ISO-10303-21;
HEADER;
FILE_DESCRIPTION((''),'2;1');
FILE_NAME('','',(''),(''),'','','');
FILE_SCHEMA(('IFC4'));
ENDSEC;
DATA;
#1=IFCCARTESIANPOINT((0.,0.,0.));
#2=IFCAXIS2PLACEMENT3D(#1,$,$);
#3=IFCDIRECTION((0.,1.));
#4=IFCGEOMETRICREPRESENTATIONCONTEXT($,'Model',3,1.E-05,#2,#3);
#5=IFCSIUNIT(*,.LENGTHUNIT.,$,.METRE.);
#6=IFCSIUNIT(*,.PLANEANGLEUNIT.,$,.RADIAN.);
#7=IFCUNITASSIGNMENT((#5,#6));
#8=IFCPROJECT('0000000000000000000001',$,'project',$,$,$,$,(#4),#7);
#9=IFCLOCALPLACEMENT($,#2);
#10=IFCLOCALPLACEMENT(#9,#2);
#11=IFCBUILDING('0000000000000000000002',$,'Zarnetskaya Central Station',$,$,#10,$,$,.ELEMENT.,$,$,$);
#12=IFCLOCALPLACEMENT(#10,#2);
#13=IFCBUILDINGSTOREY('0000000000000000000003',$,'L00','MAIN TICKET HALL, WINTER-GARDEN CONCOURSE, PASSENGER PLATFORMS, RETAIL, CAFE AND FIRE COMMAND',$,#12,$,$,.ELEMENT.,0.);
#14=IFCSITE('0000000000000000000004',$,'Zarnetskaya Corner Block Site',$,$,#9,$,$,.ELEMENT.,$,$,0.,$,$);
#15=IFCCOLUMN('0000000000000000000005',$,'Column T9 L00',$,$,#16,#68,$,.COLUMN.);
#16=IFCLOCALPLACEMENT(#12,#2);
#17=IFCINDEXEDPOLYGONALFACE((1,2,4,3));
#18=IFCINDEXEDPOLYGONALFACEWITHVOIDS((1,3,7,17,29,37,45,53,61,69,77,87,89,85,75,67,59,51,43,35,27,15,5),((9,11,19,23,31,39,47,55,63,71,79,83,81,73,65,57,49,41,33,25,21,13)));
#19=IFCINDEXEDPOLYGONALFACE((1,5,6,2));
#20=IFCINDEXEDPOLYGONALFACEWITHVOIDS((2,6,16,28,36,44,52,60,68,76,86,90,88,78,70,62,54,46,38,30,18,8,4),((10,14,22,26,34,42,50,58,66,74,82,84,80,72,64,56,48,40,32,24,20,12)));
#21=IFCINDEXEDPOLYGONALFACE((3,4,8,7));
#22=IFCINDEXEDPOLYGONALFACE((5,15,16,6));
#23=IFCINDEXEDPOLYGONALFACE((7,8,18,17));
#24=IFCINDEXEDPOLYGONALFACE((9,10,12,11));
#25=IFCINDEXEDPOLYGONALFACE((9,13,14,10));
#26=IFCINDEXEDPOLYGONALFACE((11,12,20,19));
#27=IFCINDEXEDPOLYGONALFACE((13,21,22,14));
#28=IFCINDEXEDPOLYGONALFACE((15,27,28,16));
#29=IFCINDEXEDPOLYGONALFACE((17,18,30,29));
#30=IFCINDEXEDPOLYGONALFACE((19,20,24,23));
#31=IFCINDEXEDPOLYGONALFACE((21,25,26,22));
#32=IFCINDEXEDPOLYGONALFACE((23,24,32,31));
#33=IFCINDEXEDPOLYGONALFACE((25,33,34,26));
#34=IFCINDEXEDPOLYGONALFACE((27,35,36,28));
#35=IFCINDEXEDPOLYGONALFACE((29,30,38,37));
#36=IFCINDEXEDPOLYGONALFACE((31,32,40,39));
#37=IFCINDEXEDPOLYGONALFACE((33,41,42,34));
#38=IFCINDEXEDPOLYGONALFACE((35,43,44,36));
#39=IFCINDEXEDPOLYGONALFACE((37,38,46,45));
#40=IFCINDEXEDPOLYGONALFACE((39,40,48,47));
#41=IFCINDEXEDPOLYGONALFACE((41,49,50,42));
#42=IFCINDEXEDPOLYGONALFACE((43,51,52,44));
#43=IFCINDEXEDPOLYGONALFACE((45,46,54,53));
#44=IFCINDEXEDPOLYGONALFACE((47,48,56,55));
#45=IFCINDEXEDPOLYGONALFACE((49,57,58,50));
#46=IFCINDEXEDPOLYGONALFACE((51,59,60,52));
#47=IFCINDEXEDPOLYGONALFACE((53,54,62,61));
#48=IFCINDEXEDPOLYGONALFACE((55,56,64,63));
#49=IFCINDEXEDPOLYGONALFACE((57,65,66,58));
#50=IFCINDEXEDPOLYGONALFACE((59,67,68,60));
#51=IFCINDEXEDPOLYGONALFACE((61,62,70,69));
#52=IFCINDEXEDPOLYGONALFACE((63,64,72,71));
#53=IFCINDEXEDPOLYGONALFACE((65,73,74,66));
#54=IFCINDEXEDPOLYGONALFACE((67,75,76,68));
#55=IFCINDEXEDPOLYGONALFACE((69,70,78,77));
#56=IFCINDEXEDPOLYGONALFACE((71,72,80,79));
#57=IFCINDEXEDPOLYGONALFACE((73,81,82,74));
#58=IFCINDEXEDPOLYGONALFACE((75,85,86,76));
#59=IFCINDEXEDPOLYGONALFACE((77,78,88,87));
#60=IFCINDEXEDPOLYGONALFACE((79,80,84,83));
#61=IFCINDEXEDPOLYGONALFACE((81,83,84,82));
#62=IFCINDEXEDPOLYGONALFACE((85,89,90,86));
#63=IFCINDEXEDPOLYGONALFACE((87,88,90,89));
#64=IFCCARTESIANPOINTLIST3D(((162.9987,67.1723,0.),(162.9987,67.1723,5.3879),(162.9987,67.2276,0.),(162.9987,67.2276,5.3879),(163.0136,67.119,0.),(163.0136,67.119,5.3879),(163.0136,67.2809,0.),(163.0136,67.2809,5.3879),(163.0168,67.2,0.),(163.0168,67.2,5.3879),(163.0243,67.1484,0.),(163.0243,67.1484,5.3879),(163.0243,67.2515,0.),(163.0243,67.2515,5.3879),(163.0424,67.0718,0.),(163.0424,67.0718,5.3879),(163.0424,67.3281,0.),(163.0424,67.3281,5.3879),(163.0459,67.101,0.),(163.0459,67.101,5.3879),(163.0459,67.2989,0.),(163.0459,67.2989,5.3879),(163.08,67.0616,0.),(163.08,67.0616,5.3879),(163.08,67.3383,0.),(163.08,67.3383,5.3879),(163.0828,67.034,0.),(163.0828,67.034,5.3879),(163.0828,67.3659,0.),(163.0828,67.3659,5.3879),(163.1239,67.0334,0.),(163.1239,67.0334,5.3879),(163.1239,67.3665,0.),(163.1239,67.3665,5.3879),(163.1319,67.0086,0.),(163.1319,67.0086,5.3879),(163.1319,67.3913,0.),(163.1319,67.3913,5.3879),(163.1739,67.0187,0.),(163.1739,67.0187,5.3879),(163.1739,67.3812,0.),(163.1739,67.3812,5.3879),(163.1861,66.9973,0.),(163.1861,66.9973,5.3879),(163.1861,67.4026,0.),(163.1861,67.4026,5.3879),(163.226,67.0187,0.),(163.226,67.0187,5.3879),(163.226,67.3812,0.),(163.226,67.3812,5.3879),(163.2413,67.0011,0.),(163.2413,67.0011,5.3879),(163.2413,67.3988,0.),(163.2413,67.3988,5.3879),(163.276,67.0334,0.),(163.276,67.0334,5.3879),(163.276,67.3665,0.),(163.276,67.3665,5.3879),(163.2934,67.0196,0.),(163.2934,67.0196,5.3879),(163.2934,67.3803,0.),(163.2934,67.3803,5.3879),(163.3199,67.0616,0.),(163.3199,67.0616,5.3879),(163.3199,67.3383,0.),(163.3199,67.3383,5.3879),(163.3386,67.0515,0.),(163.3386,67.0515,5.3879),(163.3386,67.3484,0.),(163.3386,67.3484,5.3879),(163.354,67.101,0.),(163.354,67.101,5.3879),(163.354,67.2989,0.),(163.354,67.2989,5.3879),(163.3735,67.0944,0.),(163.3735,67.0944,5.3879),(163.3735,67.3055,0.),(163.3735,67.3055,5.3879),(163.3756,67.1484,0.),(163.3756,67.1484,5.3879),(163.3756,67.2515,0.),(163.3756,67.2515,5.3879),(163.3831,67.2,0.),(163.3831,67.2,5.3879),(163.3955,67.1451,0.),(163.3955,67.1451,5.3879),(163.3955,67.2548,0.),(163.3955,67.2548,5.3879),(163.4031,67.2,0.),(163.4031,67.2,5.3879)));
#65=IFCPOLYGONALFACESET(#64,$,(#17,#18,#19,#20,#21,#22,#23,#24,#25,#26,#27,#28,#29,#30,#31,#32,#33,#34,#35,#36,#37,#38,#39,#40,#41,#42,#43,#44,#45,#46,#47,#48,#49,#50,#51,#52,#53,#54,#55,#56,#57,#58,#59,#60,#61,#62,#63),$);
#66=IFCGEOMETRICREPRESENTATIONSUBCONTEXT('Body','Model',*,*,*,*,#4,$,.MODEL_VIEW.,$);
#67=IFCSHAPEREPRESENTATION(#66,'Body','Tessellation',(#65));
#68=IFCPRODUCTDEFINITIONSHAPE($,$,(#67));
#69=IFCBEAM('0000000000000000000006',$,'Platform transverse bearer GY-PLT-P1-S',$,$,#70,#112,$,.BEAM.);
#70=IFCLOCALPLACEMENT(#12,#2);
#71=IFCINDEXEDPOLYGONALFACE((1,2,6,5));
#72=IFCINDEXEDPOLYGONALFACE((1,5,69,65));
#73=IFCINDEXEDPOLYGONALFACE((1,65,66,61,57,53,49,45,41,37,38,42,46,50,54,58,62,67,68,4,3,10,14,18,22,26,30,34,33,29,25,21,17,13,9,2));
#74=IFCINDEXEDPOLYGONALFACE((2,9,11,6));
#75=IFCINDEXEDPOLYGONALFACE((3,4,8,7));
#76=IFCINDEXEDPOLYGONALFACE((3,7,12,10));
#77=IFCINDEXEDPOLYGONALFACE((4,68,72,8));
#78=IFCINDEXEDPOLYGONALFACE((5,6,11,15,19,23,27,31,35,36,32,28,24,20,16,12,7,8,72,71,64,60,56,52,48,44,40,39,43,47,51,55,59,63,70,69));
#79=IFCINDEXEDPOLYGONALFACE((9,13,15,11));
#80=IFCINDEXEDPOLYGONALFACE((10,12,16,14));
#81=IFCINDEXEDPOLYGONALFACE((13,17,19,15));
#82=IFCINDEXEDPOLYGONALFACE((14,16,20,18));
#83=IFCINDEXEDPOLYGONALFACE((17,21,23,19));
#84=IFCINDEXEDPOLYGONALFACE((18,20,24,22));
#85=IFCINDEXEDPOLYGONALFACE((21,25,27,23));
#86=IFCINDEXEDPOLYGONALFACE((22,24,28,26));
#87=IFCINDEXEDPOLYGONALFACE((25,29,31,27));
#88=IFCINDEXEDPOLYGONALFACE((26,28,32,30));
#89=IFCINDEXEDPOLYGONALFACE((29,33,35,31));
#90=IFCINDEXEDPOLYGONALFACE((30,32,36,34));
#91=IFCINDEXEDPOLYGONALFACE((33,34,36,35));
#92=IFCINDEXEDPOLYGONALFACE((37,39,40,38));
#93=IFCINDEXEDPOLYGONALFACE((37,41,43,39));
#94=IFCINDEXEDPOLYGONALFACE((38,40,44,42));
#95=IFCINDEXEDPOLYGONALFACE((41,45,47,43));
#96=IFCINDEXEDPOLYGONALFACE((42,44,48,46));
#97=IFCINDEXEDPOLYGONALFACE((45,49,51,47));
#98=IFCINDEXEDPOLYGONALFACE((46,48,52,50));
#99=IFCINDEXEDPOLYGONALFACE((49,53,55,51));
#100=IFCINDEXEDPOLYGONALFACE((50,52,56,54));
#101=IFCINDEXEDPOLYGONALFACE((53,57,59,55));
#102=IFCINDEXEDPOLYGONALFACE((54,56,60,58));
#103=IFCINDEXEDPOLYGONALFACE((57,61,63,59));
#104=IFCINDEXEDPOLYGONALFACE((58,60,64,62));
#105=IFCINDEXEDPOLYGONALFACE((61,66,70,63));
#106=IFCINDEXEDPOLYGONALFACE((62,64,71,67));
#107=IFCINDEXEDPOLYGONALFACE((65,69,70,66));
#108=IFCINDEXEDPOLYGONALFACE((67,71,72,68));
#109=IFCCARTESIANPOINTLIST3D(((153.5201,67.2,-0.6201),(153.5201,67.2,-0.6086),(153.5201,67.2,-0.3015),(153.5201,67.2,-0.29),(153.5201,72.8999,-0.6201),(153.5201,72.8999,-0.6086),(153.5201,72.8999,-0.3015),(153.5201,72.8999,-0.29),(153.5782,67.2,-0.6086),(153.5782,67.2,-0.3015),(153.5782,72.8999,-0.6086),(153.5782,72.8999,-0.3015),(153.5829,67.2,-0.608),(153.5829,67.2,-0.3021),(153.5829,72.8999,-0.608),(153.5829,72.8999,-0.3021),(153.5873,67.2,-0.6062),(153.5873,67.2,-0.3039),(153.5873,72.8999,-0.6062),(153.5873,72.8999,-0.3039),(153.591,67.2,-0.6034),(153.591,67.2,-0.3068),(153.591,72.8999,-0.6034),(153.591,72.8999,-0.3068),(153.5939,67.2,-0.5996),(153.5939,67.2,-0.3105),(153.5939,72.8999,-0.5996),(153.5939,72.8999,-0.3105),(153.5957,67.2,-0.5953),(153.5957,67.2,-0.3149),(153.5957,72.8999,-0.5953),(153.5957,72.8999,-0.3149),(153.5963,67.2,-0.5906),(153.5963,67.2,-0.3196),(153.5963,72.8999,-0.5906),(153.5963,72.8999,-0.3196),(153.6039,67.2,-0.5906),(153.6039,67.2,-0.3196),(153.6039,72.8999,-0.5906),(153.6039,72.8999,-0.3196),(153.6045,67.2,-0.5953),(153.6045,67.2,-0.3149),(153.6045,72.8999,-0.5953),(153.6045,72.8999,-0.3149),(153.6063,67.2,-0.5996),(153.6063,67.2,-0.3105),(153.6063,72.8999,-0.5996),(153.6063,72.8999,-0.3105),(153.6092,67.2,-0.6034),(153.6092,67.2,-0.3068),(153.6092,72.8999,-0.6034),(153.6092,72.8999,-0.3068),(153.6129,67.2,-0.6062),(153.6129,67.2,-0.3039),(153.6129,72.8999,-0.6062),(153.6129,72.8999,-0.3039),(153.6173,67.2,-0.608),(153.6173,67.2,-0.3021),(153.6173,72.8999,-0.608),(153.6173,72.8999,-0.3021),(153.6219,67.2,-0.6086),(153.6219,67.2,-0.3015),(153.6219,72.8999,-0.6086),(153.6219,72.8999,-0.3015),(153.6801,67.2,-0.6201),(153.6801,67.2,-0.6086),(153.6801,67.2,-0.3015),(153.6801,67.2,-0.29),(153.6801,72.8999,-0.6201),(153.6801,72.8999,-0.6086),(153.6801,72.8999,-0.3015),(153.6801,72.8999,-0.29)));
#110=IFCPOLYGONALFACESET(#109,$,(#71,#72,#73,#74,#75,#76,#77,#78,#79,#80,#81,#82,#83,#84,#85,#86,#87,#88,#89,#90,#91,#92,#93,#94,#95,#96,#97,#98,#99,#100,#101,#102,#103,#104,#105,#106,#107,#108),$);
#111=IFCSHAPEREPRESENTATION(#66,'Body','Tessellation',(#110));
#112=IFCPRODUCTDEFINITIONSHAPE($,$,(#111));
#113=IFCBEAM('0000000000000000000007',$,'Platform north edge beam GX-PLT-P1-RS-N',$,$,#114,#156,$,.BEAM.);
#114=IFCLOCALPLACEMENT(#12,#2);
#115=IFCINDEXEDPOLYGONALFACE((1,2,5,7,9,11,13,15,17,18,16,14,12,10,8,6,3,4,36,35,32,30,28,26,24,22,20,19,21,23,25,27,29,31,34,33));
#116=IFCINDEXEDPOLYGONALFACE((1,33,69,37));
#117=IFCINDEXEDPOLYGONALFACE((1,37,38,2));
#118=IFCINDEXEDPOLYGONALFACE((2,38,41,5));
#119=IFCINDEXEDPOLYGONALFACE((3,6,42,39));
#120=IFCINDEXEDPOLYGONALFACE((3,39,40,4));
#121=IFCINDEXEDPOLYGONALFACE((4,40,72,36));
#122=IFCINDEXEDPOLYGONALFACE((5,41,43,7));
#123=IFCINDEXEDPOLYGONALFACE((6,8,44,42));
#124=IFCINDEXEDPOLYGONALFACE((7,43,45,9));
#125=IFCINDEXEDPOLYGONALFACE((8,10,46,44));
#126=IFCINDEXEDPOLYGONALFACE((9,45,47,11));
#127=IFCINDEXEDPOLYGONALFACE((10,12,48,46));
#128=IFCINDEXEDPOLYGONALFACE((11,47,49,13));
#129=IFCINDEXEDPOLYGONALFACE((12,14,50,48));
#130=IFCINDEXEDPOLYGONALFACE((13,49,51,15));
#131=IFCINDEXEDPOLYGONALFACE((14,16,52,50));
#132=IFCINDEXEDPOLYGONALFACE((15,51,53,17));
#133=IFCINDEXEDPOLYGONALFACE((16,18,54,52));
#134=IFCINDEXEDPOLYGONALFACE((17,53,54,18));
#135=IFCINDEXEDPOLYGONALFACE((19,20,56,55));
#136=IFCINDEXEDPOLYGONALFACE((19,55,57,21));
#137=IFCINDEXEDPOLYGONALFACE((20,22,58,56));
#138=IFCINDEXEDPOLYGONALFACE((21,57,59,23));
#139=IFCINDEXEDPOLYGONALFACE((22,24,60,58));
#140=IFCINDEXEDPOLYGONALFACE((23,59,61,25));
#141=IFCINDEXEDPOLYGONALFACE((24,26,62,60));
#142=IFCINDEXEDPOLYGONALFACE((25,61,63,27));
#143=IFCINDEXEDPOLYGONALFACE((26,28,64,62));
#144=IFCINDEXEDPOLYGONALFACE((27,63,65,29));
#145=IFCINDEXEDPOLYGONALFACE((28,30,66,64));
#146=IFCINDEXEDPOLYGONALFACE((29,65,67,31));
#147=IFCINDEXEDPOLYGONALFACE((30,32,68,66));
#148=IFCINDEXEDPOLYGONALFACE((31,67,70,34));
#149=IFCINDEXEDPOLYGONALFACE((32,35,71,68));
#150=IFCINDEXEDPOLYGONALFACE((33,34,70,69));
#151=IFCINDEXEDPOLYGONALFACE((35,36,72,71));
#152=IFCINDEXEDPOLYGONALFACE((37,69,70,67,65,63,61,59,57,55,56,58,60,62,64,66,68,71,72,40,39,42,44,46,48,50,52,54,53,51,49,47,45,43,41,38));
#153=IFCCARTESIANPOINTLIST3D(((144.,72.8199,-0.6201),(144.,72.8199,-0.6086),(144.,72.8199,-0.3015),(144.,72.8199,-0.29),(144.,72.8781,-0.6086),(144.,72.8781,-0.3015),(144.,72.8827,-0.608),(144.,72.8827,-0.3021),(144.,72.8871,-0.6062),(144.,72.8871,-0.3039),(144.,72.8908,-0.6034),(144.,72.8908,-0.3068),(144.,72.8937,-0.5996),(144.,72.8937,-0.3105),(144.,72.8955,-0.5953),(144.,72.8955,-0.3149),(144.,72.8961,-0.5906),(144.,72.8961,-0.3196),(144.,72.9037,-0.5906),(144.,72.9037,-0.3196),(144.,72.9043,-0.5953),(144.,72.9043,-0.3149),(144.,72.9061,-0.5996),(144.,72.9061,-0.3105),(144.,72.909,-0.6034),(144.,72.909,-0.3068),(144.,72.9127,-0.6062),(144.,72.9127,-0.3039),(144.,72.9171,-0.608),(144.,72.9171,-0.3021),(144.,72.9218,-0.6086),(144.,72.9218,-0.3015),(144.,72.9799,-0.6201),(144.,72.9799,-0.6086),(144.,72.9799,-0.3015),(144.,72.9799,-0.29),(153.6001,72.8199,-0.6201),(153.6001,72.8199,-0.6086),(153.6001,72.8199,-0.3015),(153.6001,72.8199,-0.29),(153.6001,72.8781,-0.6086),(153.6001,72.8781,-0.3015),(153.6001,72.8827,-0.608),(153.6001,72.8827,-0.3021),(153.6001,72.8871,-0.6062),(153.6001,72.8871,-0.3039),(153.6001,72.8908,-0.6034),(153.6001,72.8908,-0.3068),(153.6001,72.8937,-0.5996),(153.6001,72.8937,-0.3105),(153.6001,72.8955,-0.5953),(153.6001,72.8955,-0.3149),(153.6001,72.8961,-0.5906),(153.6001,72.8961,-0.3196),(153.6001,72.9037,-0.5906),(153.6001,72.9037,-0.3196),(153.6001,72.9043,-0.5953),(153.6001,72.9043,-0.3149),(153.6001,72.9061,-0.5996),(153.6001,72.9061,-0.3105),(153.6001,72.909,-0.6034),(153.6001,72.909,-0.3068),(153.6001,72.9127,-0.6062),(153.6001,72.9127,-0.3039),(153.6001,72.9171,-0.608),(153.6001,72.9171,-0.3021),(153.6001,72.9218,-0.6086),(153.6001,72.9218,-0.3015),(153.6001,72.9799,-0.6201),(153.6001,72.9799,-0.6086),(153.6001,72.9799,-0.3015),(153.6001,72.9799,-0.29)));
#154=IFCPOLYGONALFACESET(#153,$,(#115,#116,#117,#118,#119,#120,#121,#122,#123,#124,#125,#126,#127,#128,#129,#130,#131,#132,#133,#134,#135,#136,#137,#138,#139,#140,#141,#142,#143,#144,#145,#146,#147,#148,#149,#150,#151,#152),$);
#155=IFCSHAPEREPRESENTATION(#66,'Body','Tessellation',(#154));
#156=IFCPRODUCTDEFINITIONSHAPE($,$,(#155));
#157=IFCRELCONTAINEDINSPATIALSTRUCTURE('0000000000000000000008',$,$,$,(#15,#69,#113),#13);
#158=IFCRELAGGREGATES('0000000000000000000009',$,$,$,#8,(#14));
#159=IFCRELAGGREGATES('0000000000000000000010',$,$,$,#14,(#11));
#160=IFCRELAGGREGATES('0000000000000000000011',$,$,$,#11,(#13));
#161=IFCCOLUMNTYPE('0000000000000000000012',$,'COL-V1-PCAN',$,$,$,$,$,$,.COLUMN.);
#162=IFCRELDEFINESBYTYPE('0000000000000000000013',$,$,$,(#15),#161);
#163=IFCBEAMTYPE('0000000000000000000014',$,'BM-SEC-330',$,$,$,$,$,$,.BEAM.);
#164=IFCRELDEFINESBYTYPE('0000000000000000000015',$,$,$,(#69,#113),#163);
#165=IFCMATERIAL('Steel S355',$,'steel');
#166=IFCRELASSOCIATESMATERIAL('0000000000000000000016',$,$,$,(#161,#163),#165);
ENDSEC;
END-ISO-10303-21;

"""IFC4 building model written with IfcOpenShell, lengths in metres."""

from ifc_helpers import new_model, si_unit, direction, frame, origin, origin_2d, place, context, subcontext, project, spatial, hollow_circle, i_section, extrude, material, material_profile, profile_set, type_object, element, save


model = new_model("IFC4")

# Units and contexts
model_context = context("Model", 3, precision=1e-05, world=origin(), true_north=direction((0.0, 1.0)))
body_context = subcontext(model_context, "Body", "Model", "MODEL_VIEW")
ifc_project = project(units=[si_unit("LENGTHUNIT", "METRE"), si_unit("PLANEANGLEUNIT", "RADIAN")], contexts=[model_context])

# Site, building, storey
site_placement = place(None, origin())
site = spatial("IfcSite", under=ifc_project, at=site_placement, Name="Zarnetskaya Corner Block Site", CompositionType="ELEMENT", RefElevation=0.0)
building_placement = place(site_placement, origin())
building = spatial("IfcBuilding", under=site, at=building_placement, Name="Zarnetskaya Central Station", CompositionType="ELEMENT")
storey_placement = place(building_placement, origin())
storey = spatial("IfcBuildingStorey", under=building, at=storey_placement, Name="L00", Description="MAIN TICKET HALL, WINTER-GARDEN CONCOURSE, PASSENGER PLATFORMS, RETAIL, CAFE AND FIRE COMMAND", CompositionType="ELEMENT", Elevation=0.0)

# Column
ifc_material = material(Name="Steel S355", Category="steel")
ifc_material_profile_1 = material_profile(ifc_material, hollow_circle(Radius=0.2031, WallThickness=0.02, at=origin_2d()), Name="CHS 406.4x20")
ifc_profile_set_1 = profile_set([ifc_material_profile_1], Name="Steel S355")
column_type = type_object("IfcColumnType", Name="COL-V1-PCAN", PredefinedType="COLUMN", material=ifc_profile_set_1)
for number, where, z_axis, x_axis, name in (
    (1, (163.2, 67.2, 0.0), (0.0, 0.0, 1.0), (1.0, 0.0, 0.0), "Column T9 L00"),
):
    element("IfcColumn", number, at=place(storey_placement, frame(where, z_axis=z_axis, x_axis=x_axis)), inside=storey, type_object=column_type, Name=name, PredefinedType="COLUMN", context=body_context, shape_type="SweptSolid", body=[
        extrude(hollow_circle(Radius=0.2031, WallThickness=0.02, at=origin_2d()), origin(), (0.0, 0.0, 1.0), 5.3879),
    ])

# Beams
ifc_material_profile_2 = material_profile(ifc_material, i_section(OverallWidth=0.1599, OverallDepth=0.3301, WebThickness=0.0076, FlangeThickness=0.0115, FilletRadius=0.0181, at=origin_2d()), Name="IPE 330")
ifc_profile_set_2 = profile_set([ifc_material_profile_2], Name="Steel S355")
beam_type_1 = type_object("IfcBeamType", Name="BM-SEC-330", PredefinedType="BEAM", material=ifc_profile_set_2)
beam_1_placement = place(storey_placement, frame((153.6001, 67.2, -0.4551), z_axis=(0.0, 1.0, 0.0), x_axis=(-1.0, 0.0, 0.0)))
element("IfcBeam", 2, at=beam_1_placement, inside=storey, type_object=beam_type_1, Name="Platform transverse bearer GY-PLT-P1-S", PredefinedType="BEAM", context=body_context, shape_type="SweptSolid", body=[
    extrude(i_section(OverallWidth=0.1599, OverallDepth=0.3301, WebThickness=0.0076, FlangeThickness=0.0115, FilletRadius=0.0181, at=origin_2d()), origin(), (0.0, 0.0, 1.0), 5.7),
])
beam_2_placement = place(storey_placement, frame((144.0, 72.8999, -0.4551), z_axis=(1.0, 0.0, 0.0), x_axis=(0.0, 1.0, 0.0)))
element("IfcBeam", 3, at=beam_2_placement, inside=storey, type_object=beam_type_1, Name="Platform north edge beam GX-PLT-P1-RS-N", PredefinedType="BEAM", context=body_context, shape_type="SweptSolid", body=[
    extrude(i_section(OverallWidth=0.1599, OverallDepth=0.3301, WebThickness=0.0076, FlangeThickness=0.0115, FilletRadius=0.0181, at=origin_2d()), origin(), (0.0, 0.0, 1.0), 9.6001),
])

save(model, "model.ifc")
